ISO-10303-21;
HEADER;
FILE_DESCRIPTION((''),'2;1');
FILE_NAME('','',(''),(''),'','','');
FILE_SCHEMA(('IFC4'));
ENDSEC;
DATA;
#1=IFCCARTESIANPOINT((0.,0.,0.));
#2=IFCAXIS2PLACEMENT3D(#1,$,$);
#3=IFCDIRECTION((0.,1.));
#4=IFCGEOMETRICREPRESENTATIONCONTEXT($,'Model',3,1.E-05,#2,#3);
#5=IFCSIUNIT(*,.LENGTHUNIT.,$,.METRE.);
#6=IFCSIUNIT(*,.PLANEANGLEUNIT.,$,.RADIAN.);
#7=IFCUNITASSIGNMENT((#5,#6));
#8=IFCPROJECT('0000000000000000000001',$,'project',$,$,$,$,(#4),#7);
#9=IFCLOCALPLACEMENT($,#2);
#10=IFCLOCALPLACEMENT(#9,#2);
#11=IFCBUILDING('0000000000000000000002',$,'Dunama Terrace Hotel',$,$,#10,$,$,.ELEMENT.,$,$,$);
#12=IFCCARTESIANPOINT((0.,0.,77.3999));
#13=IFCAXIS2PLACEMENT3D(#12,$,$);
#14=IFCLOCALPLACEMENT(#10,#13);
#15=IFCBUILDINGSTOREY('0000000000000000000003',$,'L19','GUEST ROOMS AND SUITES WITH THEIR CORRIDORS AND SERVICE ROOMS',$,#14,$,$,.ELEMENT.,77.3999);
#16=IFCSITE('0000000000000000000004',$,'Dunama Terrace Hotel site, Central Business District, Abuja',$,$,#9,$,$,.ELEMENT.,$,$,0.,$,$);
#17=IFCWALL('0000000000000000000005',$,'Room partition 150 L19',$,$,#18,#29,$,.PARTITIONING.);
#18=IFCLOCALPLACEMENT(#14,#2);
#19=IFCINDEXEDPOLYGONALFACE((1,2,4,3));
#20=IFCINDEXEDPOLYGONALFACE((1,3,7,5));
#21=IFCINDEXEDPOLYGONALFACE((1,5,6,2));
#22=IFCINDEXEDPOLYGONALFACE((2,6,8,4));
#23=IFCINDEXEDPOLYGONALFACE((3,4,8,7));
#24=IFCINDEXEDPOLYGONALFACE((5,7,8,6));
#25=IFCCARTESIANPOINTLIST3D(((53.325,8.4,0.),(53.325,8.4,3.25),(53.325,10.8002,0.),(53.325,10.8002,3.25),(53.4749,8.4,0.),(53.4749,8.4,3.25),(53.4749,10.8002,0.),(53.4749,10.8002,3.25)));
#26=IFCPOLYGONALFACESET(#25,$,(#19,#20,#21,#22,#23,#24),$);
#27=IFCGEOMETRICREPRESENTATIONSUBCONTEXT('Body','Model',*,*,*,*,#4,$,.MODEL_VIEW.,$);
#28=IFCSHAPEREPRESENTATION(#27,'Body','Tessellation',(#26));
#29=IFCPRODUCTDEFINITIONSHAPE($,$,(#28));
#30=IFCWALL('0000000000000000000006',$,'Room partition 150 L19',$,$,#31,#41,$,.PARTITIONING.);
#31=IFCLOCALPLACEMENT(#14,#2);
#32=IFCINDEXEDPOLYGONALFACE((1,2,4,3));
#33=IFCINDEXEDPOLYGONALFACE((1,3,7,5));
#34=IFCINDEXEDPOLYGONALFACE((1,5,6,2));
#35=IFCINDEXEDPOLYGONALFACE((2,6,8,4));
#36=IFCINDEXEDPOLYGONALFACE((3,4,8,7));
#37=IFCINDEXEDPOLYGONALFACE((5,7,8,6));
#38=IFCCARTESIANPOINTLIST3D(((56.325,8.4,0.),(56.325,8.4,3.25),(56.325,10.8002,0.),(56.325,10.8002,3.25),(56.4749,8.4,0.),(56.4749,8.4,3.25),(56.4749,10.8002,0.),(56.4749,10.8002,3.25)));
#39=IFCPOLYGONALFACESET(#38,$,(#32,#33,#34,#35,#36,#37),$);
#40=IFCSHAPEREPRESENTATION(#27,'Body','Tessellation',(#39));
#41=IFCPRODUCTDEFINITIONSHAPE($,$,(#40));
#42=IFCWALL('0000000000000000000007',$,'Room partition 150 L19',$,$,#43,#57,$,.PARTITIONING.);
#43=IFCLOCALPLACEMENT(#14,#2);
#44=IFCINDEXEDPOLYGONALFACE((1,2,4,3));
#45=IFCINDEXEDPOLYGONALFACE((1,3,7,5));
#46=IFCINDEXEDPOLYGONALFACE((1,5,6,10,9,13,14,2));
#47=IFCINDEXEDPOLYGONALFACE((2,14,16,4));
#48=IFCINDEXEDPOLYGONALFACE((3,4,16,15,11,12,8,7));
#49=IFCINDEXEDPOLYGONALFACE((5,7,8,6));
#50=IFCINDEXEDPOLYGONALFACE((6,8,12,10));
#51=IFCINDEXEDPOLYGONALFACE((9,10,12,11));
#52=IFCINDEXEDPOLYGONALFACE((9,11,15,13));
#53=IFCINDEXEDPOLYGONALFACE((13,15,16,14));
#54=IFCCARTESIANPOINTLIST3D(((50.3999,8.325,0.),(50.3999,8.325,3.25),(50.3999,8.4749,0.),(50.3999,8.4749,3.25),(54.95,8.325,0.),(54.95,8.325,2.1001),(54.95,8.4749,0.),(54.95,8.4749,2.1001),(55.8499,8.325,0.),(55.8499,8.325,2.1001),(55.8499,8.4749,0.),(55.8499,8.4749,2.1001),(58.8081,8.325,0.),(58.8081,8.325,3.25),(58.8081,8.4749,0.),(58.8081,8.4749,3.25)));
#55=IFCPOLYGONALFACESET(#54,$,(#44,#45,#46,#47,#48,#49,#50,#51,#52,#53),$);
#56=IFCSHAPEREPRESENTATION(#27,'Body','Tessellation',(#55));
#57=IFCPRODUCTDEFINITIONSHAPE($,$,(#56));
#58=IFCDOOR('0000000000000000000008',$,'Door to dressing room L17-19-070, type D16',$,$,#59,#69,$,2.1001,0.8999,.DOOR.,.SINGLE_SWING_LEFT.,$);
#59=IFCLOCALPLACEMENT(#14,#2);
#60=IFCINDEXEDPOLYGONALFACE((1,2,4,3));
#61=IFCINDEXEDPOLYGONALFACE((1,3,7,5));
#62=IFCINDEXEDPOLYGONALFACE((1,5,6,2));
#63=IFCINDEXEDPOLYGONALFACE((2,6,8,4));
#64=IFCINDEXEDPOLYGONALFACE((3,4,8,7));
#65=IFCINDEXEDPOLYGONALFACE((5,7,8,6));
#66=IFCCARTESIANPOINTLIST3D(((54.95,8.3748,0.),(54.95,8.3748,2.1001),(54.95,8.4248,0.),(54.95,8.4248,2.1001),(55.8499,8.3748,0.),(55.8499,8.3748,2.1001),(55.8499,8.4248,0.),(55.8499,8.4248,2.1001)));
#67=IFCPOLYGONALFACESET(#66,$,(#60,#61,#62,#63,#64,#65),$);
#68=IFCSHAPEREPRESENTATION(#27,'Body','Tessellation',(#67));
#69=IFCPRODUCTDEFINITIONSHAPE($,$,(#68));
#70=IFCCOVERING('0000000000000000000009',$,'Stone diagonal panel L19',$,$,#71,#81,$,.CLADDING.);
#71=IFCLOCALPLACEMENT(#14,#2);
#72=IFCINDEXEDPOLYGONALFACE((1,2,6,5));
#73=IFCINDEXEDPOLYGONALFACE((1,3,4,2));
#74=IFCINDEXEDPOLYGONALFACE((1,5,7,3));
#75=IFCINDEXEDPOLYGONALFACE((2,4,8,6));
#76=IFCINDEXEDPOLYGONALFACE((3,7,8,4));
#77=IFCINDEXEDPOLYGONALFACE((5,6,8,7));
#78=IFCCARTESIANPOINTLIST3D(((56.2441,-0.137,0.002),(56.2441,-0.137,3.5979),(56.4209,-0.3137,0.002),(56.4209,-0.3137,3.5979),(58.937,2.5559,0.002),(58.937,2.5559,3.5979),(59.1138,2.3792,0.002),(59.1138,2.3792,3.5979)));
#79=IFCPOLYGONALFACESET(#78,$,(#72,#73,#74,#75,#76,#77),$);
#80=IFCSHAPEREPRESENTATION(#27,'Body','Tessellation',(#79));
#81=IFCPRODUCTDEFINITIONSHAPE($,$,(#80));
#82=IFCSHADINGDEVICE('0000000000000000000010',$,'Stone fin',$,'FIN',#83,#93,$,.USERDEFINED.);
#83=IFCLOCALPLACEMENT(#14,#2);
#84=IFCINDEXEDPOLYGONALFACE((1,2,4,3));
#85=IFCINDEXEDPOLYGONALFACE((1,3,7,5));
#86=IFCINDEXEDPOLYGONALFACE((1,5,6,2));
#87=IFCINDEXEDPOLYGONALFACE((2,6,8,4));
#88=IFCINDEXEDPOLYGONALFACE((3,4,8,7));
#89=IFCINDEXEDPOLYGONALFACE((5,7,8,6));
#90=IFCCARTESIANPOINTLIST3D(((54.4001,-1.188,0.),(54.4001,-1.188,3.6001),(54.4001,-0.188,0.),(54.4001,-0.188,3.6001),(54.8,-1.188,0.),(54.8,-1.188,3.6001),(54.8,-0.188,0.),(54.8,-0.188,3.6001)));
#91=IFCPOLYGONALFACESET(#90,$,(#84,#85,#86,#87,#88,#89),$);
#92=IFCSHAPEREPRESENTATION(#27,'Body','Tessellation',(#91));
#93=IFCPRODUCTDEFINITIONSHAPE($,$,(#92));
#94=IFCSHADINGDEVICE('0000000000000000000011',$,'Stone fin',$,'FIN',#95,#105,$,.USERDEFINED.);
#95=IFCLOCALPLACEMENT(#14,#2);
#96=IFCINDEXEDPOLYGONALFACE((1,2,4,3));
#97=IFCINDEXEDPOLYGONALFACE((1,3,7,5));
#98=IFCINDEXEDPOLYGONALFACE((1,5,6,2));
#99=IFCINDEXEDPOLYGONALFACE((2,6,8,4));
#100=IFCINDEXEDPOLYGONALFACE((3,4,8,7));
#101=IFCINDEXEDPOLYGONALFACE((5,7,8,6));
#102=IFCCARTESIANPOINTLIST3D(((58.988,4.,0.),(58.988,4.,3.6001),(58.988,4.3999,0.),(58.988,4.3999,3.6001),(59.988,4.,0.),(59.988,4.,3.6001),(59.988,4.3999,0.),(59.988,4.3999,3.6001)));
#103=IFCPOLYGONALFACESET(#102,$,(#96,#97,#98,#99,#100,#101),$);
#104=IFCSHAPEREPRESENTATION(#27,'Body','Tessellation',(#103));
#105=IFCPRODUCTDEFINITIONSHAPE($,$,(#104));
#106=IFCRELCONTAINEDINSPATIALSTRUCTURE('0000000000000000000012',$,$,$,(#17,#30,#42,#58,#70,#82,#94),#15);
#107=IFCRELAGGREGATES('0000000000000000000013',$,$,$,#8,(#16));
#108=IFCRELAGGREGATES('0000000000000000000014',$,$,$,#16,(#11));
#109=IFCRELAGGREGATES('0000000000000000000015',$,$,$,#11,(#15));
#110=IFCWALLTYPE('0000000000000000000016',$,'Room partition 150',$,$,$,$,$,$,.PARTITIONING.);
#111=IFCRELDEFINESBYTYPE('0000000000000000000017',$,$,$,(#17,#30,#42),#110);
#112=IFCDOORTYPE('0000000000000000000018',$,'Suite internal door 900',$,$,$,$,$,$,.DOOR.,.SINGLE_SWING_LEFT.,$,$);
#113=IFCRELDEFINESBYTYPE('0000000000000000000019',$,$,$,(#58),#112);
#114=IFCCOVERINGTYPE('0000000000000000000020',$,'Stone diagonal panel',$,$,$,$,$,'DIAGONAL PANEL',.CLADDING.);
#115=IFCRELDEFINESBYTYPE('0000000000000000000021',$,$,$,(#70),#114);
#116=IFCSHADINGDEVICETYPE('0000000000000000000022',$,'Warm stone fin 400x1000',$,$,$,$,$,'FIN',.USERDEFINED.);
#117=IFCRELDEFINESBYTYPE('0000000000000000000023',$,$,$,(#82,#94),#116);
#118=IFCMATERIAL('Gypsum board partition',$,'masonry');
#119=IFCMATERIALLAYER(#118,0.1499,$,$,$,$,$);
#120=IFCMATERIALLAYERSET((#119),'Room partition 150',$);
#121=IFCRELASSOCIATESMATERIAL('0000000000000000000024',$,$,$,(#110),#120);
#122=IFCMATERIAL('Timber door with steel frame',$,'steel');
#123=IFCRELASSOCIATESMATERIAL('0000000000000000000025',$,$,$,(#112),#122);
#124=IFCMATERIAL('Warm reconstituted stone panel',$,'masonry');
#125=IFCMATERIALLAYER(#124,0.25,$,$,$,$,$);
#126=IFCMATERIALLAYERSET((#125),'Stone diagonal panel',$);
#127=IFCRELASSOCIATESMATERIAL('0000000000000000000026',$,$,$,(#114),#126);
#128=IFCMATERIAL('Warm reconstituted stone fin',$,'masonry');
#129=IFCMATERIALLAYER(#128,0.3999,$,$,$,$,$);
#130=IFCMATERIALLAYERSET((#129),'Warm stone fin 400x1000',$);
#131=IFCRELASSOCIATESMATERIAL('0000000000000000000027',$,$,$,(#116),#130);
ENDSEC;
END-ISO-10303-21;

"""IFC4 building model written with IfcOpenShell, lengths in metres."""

from ifc_helpers import new_model, si_unit, direction, frame, frame_2d, origin, origin_2d, place, context, subcontext, project, spatial, rectangle, extrude, material, layer, layer_set, type_object, element, fill, save


model = new_model("IFC4")

# Units and contexts
model_context = context("Model", 3, precision=1e-05, world=origin(), true_north=direction((0.0, 1.0)))
body_context = subcontext(model_context, "Body", "Model", "MODEL_VIEW")
ifc_project = project(units=[si_unit("LENGTHUNIT", "METRE"), si_unit("PLANEANGLEUNIT", "RADIAN")], contexts=[model_context])

# Site, building, storey
site_placement = place(None, origin())
site = spatial("IfcSite", under=ifc_project, at=site_placement, Name="Dunama Terrace Hotel site, Central Business District, Abuja", CompositionType="ELEMENT", RefElevation=0.0)
building_placement = place(site_placement, origin())
building = spatial("IfcBuilding", under=site, at=building_placement, Name="Dunama Terrace Hotel", CompositionType="ELEMENT")
storey_placement = place(building_placement, frame((0.0, 0.0, 77.3999)))
storey = spatial("IfcBuildingStorey", under=building, at=storey_placement, Name="L19", Description="GUEST ROOMS AND SUITES WITH THEIR CORRIDORS AND SERVICE ROOMS", CompositionType="ELEMENT", Elevation=77.3999)

# Shared definitions
ifc_material_1 = material(Name="Gypsum board partition", Category="masonry")
ifc_layer_1 = layer(ifc_material_1, 0.1499)
ifc_layer_set_1 = layer_set([ifc_layer_1], Name="Room partition 150")
wall_type_1 = type_object("IfcWallType", Name="Room partition 150", PredefinedType="PARTITIONING", material=ifc_layer_set_1)
ifc_material_2 = material(Name="Timber door with steel frame", Category="steel")
door_type_1 = type_object("IfcDoorType", Name="Suite internal door 900", OperationType="SINGLE_SWING_LEFT", PredefinedType="DOOR", material=ifc_material_2)

# Walls
for number, where, z_axis, x_axis, name in (
    (1, (53.3999, 8.3999, 0.0), (0.0, 0.0, 1.0), (0.0, 1.0, 0.0), "Room partition 150 L19"),
    (2, (56.3999, 8.3999, 0.0), (0.0, 0.0, 1.0), (0.0, 1.0, 0.0), "Room partition 150 L19"),
):
    element("IfcWall", number, at=place(storey_placement, frame(where, z_axis=z_axis, x_axis=x_axis)), inside=storey, type_object=wall_type_1, Name=name, PredefinedType="PARTITIONING", context=body_context, shape_type="SweptSolid", body=[
        extrude(rectangle(XDim=2.4001, YDim=0.1499, at=frame_2d((1.2002, 0.0))), origin(), (0.0, 0.0, 1.0), 3.25),
    ])

# Wall, opening, door
wall_1_placement = place(storey_placement, frame((50.3999, 8.3999, 0.0), z_axis=(0.0, 0.0, 1.0), x_axis=(1.0, 0.0, 0.0)))
wall_1 = element("IfcWall", 3, at=wall_1_placement, inside=storey, type_object=wall_type_1, Name="Room partition 150 L19", PredefinedType="PARTITIONING", context=body_context, shape_type="SweptSolid", body=[
    extrude(rectangle(XDim=8.4082, YDim=0.1499, at=frame_2d((4.2041, 0.0))), origin(), (0.0, 0.0, 1.0), 3.25),
])
opening_1_placement = place(wall_1_placement, frame((4.55, 0.0, 0.0)))
opening_1 = element("IfcOpeningElement", 4, at=opening_1_placement, cuts=wall_1, PredefinedType="OPENING", context=body_context, shape_type="SweptSolid", body=[
    extrude(rectangle(XDim=0.8999, YDim=2.1001, at=frame_2d((0.45, 1.05))), frame((0.0, 0.085, 0.0), z_axis=(0.0, -1.0, 0.0), x_axis=(1.0, 0.0, 0.0)), (0.0, 0.0, 1.0), 0.1699),
])
door_1_placement = place(opening_1_placement, origin())
door_1 = element("IfcDoor", 5, at=door_1_placement, inside=storey, type_object=door_type_1, Name="Door to dressing room L17-19-070, type D16", OperationType="SINGLE_SWING_LEFT", OverallHeight=2.1001, OverallWidth=0.8999, PredefinedType="DOOR", context=body_context, shape_type="SweptSolid", body=[
    extrude(rectangle(XDim=0.8999, YDim=2.1001, at=frame_2d((0.45, 1.05))), frame((0.0, 0.0249, 0.0), z_axis=(0.0, -1.0, 0.0), x_axis=(1.0, 0.0, 0.0)), (0.0, 0.0, 1.0), 0.05),
])
fill(opening_1, door_1)

# Covering
ifc_material_3 = material(Name="Warm reconstituted stone panel", Category="masonry")
ifc_layer_2 = layer(ifc_material_3, 0.25)
ifc_layer_set_2 = layer_set([ifc_layer_2], Name="Stone diagonal panel")
covering_type = type_object("IfcCoveringType", Name="Stone diagonal panel", ElementType="DIAGONAL PANEL", PredefinedType="CLADDING", material=ifc_layer_set_2)
covering_placement = place(storey_placement, frame((57.679, 1.1211, 0.002), z_axis=(0.0, 0.0, 1.0), x_axis=(0.707107, 0.707107, 0.0)))
element("IfcCovering", 6, at=covering_placement, inside=storey, type_object=covering_type, Name="Stone diagonal panel L19", PredefinedType="CLADDING", context=body_context, shape_type="SweptSolid", body=[
    extrude(rectangle(XDim=3.8083, YDim=0.25, at=origin_2d()), origin(), (0.0, 0.0, 1.0), 3.5959),
])

# Shading devices
ifc_material_4 = material(Name="Warm reconstituted stone fin", Category="masonry")
ifc_layer_3 = layer(ifc_material_4, 0.3999)
ifc_layer_set_3 = layer_set([ifc_layer_3], Name="Warm stone fin 400x1000")
shading_device_type = type_object("IfcShadingDeviceType", Name="Warm stone fin 400x1000", ElementType="FIN", PredefinedType="USERDEFINED", material=ifc_layer_set_3)
for number, where, z_axis, x_axis, name in (
    (7, (54.6001, -0.688, 0.0), (0.0, 0.0, 1.0), (1.0, 0.0, 0.0), "Stone fin"),
    (8, (59.488, 4.2, 0.0), (0.0, 0.0, 1.0), (0.0, 1.0, 0.0), "Stone fin"),
):
    element("IfcShadingDevice", number, at=place(storey_placement, frame(where, z_axis=z_axis, x_axis=x_axis)), inside=storey, type_object=shading_device_type, Name=name, ObjectType="FIN", PredefinedType="USERDEFINED", context=body_context, shape_type="SweptSolid", body=[
        extrude(rectangle(XDim=0.3999, YDim=1.0, at=origin_2d()), origin(), (0.0, 0.0, 1.0), 3.6001),
    ])

save(model, "model.ifc")
